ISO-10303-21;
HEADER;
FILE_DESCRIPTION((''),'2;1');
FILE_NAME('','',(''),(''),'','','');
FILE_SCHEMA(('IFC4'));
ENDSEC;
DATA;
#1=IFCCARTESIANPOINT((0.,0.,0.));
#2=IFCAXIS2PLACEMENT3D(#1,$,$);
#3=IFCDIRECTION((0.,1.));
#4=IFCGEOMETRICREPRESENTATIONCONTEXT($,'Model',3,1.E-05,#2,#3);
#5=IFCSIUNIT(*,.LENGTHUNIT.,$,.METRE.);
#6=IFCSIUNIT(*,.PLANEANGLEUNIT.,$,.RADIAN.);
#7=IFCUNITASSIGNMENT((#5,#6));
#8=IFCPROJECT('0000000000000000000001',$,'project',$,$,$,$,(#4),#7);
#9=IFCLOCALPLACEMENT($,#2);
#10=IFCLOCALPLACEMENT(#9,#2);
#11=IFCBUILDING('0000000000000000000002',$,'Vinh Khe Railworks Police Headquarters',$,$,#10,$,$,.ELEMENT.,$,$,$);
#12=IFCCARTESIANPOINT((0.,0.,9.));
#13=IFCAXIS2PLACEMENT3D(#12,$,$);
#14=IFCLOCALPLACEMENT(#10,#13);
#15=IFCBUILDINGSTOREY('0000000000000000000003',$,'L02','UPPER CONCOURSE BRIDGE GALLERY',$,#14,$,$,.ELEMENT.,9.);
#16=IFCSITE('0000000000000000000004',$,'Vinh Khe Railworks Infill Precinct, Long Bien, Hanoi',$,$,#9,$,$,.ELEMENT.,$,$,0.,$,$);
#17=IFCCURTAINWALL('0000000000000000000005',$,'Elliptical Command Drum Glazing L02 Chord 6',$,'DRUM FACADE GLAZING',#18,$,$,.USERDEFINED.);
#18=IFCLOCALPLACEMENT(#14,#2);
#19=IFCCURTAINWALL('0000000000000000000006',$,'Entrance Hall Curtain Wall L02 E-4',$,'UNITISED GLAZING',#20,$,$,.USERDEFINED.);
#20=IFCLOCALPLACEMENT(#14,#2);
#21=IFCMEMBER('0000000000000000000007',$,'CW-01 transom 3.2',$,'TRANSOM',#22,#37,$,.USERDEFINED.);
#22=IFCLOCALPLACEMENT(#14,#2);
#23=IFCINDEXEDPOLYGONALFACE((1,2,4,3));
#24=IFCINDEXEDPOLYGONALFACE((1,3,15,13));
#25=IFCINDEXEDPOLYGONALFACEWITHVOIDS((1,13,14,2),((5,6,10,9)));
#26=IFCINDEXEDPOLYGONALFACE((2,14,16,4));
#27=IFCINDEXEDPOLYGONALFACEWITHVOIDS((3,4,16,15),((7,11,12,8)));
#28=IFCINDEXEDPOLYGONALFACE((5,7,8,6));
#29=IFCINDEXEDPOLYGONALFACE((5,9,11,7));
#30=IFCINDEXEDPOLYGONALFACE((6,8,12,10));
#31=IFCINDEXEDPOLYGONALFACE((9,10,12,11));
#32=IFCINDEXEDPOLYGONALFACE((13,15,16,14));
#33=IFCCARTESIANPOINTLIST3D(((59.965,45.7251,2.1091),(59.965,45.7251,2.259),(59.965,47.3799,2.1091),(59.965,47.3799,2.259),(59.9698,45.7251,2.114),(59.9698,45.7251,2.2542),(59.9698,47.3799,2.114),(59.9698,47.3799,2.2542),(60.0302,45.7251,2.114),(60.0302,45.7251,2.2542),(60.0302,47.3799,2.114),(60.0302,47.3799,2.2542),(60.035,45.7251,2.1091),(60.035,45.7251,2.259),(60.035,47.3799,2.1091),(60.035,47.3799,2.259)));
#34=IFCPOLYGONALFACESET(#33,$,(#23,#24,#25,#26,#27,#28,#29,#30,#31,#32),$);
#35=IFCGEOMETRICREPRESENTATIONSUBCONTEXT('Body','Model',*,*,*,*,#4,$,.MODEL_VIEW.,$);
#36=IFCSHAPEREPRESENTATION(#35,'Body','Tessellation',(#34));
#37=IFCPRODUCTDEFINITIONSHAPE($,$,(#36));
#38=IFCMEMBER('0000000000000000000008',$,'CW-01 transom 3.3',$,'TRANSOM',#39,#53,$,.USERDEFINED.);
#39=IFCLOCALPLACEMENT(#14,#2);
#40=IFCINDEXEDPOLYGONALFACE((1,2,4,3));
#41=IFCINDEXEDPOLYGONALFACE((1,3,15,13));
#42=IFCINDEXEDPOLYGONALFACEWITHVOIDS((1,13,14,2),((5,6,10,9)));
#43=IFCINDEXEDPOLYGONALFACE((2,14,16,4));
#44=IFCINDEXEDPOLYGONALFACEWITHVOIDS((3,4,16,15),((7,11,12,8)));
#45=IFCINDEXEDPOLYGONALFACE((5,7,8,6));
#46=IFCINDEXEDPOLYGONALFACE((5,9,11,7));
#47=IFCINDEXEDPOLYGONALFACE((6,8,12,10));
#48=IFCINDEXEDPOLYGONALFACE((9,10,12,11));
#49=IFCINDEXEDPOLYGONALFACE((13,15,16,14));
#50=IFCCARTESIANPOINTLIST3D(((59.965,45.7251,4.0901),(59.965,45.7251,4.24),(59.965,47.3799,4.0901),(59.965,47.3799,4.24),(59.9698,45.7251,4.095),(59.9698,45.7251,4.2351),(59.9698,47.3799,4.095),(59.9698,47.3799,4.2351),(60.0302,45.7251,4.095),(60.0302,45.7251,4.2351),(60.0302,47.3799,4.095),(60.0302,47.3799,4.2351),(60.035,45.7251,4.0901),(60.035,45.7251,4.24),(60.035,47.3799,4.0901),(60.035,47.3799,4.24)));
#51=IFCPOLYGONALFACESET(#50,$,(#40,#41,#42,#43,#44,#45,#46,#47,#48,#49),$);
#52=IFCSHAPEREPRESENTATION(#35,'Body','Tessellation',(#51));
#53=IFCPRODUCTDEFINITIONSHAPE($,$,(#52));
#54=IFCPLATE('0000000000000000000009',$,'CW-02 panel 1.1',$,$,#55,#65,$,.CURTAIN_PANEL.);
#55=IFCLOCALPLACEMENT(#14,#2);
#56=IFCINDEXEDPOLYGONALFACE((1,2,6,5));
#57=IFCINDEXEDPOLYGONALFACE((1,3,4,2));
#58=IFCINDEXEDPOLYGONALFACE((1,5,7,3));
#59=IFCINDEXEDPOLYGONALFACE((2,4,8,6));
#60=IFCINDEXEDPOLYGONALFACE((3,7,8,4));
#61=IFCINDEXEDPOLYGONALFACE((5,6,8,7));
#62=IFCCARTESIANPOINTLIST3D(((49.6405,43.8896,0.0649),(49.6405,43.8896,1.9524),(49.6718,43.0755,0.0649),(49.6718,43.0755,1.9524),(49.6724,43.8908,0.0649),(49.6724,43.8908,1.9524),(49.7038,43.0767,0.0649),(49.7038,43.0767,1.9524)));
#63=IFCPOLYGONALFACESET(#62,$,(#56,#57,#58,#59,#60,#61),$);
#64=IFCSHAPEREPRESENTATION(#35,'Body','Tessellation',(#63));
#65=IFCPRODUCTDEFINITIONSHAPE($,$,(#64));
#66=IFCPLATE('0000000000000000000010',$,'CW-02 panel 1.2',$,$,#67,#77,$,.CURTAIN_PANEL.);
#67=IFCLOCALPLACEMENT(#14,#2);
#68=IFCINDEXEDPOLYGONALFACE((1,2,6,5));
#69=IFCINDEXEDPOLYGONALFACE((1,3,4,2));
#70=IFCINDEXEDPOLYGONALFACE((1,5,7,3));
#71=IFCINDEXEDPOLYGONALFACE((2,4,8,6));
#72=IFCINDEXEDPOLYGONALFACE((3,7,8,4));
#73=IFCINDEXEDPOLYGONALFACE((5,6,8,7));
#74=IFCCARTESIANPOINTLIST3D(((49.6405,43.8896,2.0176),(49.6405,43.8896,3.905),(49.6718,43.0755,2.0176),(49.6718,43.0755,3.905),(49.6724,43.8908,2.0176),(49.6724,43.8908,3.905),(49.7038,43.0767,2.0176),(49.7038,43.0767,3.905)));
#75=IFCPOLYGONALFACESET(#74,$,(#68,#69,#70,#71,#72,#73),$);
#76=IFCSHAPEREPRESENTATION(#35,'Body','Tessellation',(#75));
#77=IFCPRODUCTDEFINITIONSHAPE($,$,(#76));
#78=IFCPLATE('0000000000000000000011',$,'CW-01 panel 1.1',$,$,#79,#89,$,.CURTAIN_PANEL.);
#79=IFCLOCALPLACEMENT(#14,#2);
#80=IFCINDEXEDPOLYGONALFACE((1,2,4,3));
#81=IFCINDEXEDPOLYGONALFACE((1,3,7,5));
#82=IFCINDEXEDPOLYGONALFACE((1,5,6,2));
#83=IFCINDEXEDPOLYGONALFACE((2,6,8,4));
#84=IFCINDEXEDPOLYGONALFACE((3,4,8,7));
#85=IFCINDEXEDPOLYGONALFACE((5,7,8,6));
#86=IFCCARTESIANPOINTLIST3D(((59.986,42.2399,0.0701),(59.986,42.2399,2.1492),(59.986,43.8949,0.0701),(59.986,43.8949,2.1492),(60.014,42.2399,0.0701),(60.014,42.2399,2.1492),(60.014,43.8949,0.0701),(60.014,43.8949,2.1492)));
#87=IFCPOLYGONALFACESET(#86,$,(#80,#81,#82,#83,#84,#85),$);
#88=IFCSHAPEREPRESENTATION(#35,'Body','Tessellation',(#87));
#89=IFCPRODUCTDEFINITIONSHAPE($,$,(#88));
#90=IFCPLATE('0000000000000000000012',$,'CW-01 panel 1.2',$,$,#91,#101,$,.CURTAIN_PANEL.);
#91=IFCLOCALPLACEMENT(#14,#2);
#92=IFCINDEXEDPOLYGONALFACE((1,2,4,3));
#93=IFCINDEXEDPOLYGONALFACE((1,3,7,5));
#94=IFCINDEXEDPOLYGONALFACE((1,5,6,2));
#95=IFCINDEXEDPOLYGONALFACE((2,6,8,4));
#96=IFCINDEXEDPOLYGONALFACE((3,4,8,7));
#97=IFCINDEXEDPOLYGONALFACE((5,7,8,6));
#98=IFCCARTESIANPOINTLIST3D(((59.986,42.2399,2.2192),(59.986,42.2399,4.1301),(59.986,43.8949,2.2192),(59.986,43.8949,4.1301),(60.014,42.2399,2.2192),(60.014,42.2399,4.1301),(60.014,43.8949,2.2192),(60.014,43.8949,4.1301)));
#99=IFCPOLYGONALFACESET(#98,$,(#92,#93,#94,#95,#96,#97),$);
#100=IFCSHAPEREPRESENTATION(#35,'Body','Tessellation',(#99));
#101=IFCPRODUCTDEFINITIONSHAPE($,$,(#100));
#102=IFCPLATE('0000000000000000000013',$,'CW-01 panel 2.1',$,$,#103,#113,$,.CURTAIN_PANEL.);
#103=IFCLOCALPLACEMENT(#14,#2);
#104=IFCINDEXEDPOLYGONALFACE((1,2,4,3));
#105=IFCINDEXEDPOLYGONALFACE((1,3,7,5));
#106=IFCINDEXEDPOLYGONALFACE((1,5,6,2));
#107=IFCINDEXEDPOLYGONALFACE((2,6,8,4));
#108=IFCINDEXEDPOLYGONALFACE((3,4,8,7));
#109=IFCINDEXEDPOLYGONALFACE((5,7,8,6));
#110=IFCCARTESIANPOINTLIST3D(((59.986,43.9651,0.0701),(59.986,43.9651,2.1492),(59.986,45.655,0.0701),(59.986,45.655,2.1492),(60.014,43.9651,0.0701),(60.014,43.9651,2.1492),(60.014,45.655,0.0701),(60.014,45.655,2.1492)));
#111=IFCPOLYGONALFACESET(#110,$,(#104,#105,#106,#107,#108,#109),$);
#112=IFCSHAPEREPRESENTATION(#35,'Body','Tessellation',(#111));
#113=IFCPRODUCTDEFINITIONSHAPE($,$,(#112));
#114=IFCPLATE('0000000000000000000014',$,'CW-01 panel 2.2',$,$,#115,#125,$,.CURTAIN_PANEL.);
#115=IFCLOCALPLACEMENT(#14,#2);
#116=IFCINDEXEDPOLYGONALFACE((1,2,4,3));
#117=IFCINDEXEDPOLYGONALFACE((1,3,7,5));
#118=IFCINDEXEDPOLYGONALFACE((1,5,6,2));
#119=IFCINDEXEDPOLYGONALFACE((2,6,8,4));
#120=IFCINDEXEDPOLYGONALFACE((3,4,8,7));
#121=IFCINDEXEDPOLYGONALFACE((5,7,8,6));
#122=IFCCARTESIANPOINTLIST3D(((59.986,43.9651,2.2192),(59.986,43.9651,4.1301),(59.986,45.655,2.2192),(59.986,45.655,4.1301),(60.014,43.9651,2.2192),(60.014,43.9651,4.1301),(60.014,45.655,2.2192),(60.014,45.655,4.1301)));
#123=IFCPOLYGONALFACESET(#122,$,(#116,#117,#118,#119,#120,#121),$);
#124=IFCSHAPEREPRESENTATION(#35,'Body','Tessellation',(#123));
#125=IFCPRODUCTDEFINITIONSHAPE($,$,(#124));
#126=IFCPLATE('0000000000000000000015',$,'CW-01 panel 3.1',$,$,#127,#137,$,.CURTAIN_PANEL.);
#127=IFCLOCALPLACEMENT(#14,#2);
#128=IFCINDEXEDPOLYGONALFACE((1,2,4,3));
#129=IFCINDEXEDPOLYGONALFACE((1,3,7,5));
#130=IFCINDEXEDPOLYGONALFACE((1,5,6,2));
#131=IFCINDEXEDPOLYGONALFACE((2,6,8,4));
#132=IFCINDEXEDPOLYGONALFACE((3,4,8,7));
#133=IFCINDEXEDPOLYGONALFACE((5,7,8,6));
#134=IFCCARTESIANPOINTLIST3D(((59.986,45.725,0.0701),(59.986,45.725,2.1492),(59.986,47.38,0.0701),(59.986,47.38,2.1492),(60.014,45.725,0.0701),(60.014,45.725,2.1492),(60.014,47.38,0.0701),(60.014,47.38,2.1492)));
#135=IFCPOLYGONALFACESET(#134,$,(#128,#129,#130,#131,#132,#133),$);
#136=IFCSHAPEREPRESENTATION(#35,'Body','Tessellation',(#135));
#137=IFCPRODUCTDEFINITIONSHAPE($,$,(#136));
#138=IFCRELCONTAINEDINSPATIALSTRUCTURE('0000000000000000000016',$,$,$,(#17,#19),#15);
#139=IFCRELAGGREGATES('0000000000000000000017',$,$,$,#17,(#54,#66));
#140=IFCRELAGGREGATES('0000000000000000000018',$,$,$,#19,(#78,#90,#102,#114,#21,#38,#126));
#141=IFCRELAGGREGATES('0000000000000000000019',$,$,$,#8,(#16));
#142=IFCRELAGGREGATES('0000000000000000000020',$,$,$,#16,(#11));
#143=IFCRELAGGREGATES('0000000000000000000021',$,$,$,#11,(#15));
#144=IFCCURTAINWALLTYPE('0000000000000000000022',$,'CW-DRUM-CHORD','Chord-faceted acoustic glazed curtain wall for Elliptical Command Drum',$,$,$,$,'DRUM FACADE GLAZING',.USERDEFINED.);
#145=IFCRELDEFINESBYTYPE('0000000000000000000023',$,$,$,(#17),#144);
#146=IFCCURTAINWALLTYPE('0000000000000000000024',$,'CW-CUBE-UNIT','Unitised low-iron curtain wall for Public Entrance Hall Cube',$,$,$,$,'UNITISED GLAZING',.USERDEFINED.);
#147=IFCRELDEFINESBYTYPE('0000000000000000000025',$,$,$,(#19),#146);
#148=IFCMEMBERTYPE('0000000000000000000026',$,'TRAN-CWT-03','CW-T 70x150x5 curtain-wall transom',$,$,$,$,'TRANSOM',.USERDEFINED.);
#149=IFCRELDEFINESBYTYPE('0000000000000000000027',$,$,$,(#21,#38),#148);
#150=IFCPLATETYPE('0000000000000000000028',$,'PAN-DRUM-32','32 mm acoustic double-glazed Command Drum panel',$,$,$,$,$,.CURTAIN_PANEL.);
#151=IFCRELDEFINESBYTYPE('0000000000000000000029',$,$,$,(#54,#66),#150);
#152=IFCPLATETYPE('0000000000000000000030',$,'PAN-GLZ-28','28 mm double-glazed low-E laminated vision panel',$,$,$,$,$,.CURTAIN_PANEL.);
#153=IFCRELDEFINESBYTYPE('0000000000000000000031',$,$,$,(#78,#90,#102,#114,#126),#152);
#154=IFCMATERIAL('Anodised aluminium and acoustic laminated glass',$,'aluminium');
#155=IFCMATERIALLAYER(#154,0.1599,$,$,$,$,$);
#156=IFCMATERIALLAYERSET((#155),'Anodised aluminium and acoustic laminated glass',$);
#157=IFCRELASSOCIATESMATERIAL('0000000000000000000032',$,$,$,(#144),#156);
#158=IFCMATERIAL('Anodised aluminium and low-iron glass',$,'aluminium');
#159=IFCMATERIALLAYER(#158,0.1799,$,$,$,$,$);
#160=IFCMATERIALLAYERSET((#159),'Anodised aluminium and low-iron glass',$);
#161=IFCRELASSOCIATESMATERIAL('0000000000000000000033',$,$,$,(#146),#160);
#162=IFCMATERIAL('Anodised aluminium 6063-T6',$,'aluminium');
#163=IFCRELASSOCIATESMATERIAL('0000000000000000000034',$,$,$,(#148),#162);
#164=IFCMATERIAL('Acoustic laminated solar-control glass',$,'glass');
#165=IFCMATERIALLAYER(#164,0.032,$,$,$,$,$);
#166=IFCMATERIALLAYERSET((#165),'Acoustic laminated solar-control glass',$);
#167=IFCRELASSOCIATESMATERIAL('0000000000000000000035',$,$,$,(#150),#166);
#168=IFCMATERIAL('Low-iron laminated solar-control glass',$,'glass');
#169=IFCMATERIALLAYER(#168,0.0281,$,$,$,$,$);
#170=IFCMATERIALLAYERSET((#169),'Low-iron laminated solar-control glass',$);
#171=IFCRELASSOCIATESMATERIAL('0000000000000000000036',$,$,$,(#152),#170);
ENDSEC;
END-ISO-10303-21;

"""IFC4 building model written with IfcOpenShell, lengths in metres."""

from ifc_helpers import new_model, si_unit, direction, frame, origin, origin_2d, place, context, subcontext, project, spatial, rectangle, hollow_rectangle, extrude, material, layer, layer_set, material_profile, profile_set, type_object, element, aggregate, save


model = new_model("IFC4")

# Units and contexts
model_context = context("Model", 3, precision=1e-05, world=origin(), true_north=direction((0.0, 1.0)))
body_context = subcontext(model_context, "Body", "Model", "MODEL_VIEW")
ifc_project = project(units=[si_unit("LENGTHUNIT", "METRE"), si_unit("PLANEANGLEUNIT", "RADIAN")], contexts=[model_context])

# Site, building, storey
site_placement = place(None, origin())
site = spatial("IfcSite", under=ifc_project, at=site_placement, Name="Vinh Khe Railworks Infill Precinct, Long Bien, Hanoi", CompositionType="ELEMENT", RefElevation=0.0)
building_placement = place(site_placement, origin())
building = spatial("IfcBuilding", under=site, at=building_placement, Name="Vinh Khe Railworks Police Headquarters", CompositionType="ELEMENT")
storey_placement = place(building_placement, frame((0.0, 0.0, 9.0)))
storey = spatial("IfcBuildingStorey", under=building, at=storey_placement, Name="L02", Description="UPPER CONCOURSE BRIDGE GALLERY", CompositionType="ELEMENT", Elevation=9.0)

# Curtain wall
ifc_material_1 = material(Name="Anodised aluminium and acoustic laminated glass", Category="aluminium")
ifc_layer_1 = layer(ifc_material_1, 0.1599)
ifc_layer_set_1 = layer_set([ifc_layer_1], Name="Anodised aluminium and acoustic laminated glass")
curtain_wall_type_1 = type_object("IfcCurtainWallType", Name="CW-DRUM-CHORD", Description="Chord-faceted acoustic glazed curtain wall for Elliptical Command Drum", ElementType="DRUM FACADE GLAZING", PredefinedType="USERDEFINED", material=ifc_layer_set_1)
curtain_wall_1_placement = place(storey_placement, origin())
curtain_wall_1 = element("IfcCurtainWall", 1, at=curtain_wall_1_placement, inside=storey, type_object=curtain_wall_type_1, Name="Elliptical Command Drum Glazing L02 Chord 6", ObjectType="DRUM FACADE GLAZING", PredefinedType="USERDEFINED")
ifc_material_2 = material(Name="Anodised aluminium 6063-T6", Category="aluminium")

# Curtain wall
ifc_material_3 = material(Name="Anodised aluminium and low-iron glass", Category="aluminium")
ifc_layer_2 = layer(ifc_material_3, 0.1799)
ifc_layer_set_2 = layer_set([ifc_layer_2], Name="Anodised aluminium and low-iron glass")
curtain_wall_type_2 = type_object("IfcCurtainWallType", Name="CW-CUBE-UNIT", Description="Unitised low-iron curtain wall for Public Entrance Hall Cube", ElementType="UNITISED GLAZING", PredefinedType="USERDEFINED", material=ifc_layer_set_2)
curtain_wall_2_placement = place(storey_placement, origin())
curtain_wall_2 = element("IfcCurtainWall", 2, at=curtain_wall_2_placement, inside=storey, type_object=curtain_wall_type_2, Name="Entrance Hall Curtain Wall L02 E-4", ObjectType="UNITISED GLAZING", PredefinedType="USERDEFINED")

# Members
ifc_material_profile_1 = material_profile(ifc_material_2, hollow_rectangle(XDim=0.0701, YDim=0.1499, WallThickness=0.0049, at=origin_2d()), Name="CW-T 70x150x5")
ifc_profile_set_1 = profile_set([ifc_material_profile_1], Name="Anodised aluminium 6063-T6")
member_type_1 = type_object("IfcMemberType", Name="TRAN-CWT-03", Description="CW-T 70x150x5 curtain-wall transom", ElementType="TRANSOM", PredefinedType="USERDEFINED", material=ifc_profile_set_1)
member_1_placement = place(storey_placement, frame((60.0, 45.7251, 2.1841), z_axis=(0.0, 1.0, 0.0), x_axis=(-1.0, 0.0, 0.0)))
member_1 = element("IfcMember", 3, at=member_1_placement, type_object=member_type_1, Name="CW-01 transom 3.2", ObjectType="TRANSOM", PredefinedType="USERDEFINED", context=body_context, shape_type="SweptSolid", body=[
    extrude(hollow_rectangle(XDim=0.0701, YDim=0.1499, WallThickness=0.0049, at=origin_2d()), origin(), (0.0, 0.0, 1.0), 1.6548),
])
member_2_placement = place(storey_placement, frame((60.0, 45.7251, 4.165), z_axis=(0.0, 1.0, 0.0), x_axis=(-1.0, 0.0, 0.0)))
member_2 = element("IfcMember", 4, at=member_2_placement, type_object=member_type_1, Name="CW-01 transom 3.3", ObjectType="TRANSOM", PredefinedType="USERDEFINED", context=body_context, shape_type="SweptSolid", body=[
    extrude(hollow_rectangle(XDim=0.0701, YDim=0.1499, WallThickness=0.0049, at=origin_2d()), origin(), (0.0, 0.0, 1.0), 1.6548),
])

# Plates
ifc_material_4 = material(Name="Acoustic laminated solar-control glass", Category="glass")
ifc_layer_3 = layer(ifc_material_4, 0.032)
ifc_layer_set_3 = layer_set([ifc_layer_3], Name="Acoustic laminated solar-control glass")
plate_type_1 = type_object("IfcPlateType", Name="PAN-DRUM-32", Description="32 mm acoustic double-glazed Command Drum panel", PredefinedType="CURTAIN_PANEL", material=ifc_layer_set_3)
plate_1_placement = place(storey_placement, frame((49.6721, 43.4832, 0.0649), z_axis=(0.0, 0.0, 1.0), x_axis=(-0.038513, 0.999258, 0.0)))
plate_1 = element("IfcPlate", 5, at=plate_1_placement, type_object=plate_type_1, Name="CW-02 panel 1.1", PredefinedType="CURTAIN_PANEL", context=body_context, shape_type="SweptSolid", body=[
    extrude(rectangle(XDim=0.8147, YDim=0.032, at=origin_2d()), origin(), (0.0, 0.0, 1.0), 1.8875),
])
plate_2_placement = place(storey_placement, frame((49.6721, 43.4832, 2.0176), z_axis=(0.0, 0.0, 1.0), x_axis=(-0.038513, 0.999258, 0.0)))
plate_2 = element("IfcPlate", 6, at=plate_2_placement, type_object=plate_type_1, Name="CW-02 panel 1.2", PredefinedType="CURTAIN_PANEL", context=body_context, shape_type="SweptSolid", body=[
    extrude(rectangle(XDim=0.8147, YDim=0.032, at=origin_2d()), origin(), (0.0, 0.0, 1.0), 1.8875),
])
aggregate(curtain_wall_1, [plate_1, plate_2])
ifc_material_5 = material(Name="Low-iron laminated solar-control glass", Category="glass")
ifc_layer_4 = layer(ifc_material_5, 0.0281)
ifc_layer_set_4 = layer_set([ifc_layer_4], Name="Low-iron laminated solar-control glass")
plate_type_2 = type_object("IfcPlateType", Name="PAN-GLZ-28", Description="28 mm double-glazed low-E laminated vision panel", PredefinedType="CURTAIN_PANEL", material=ifc_layer_set_4)
plate_3_placement = place(storey_placement, frame((60.0, 43.0674, 0.0701), z_axis=(0.0, 0.0, 1.0), x_axis=(0.0, 1.0, 0.0)))
plate_3 = element("IfcPlate", 7, at=plate_3_placement, type_object=plate_type_2, Name="CW-01 panel 1.1", PredefinedType="CURTAIN_PANEL", context=body_context, shape_type="SweptSolid", body=[
    extrude(rectangle(XDim=1.655, YDim=0.0281, at=origin_2d()), origin(), (0.0, 0.0, 1.0), 2.0791),
])
plate_4_placement = place(storey_placement, frame((60.0, 43.0674, 2.2192), z_axis=(0.0, 0.0, 1.0), x_axis=(0.0, 1.0, 0.0)))
plate_4 = element("IfcPlate", 8, at=plate_4_placement, type_object=plate_type_2, Name="CW-01 panel 1.2", PredefinedType="CURTAIN_PANEL", context=body_context, shape_type="SweptSolid", body=[
    extrude(rectangle(XDim=1.655, YDim=0.0281, at=origin_2d()), origin(), (0.0, 0.0, 1.0), 1.9109),
])
plate_5_placement = place(storey_placement, frame((60.0, 44.8101, 0.0701), z_axis=(0.0, 0.0, 1.0), x_axis=(0.0, 1.0, 0.0)))
plate_5 = element("IfcPlate", 9, at=plate_5_placement, type_object=plate_type_2, Name="CW-01 panel 2.1", PredefinedType="CURTAIN_PANEL", context=body_context, shape_type="SweptSolid", body=[
    extrude(rectangle(XDim=1.6899, YDim=0.0281, at=origin_2d()), origin(), (0.0, 0.0, 1.0), 2.0791),
])
plate_6_placement = place(storey_placement, frame((60.0, 44.8101, 2.2192), z_axis=(0.0, 0.0, 1.0), x_axis=(0.0, 1.0, 0.0)))
plate_6 = element("IfcPlate", 10, at=plate_6_placement, type_object=plate_type_2, Name="CW-01 panel 2.2", PredefinedType="CURTAIN_PANEL", context=body_context, shape_type="SweptSolid", body=[
    extrude(rectangle(XDim=1.6899, YDim=0.0281, at=origin_2d()), origin(), (0.0, 0.0, 1.0), 1.9109),
])
plate_7_placement = place(storey_placement, frame((60.0, 46.5525, 0.0701), z_axis=(0.0, 0.0, 1.0), x_axis=(0.0, 1.0, 0.0)))
plate_7 = element("IfcPlate", 11, at=plate_7_placement, type_object=plate_type_2, Name="CW-01 panel 3.1", PredefinedType="CURTAIN_PANEL", context=body_context, shape_type="SweptSolid", body=[
    extrude(rectangle(XDim=1.655, YDim=0.0281, at=origin_2d()), origin(), (0.0, 0.0, 1.0), 2.0791),
])
aggregate(curtain_wall_2, [plate_3, plate_4, plate_5, plate_6, member_1, member_2, plate_7])

save(model, "model.ifc")
